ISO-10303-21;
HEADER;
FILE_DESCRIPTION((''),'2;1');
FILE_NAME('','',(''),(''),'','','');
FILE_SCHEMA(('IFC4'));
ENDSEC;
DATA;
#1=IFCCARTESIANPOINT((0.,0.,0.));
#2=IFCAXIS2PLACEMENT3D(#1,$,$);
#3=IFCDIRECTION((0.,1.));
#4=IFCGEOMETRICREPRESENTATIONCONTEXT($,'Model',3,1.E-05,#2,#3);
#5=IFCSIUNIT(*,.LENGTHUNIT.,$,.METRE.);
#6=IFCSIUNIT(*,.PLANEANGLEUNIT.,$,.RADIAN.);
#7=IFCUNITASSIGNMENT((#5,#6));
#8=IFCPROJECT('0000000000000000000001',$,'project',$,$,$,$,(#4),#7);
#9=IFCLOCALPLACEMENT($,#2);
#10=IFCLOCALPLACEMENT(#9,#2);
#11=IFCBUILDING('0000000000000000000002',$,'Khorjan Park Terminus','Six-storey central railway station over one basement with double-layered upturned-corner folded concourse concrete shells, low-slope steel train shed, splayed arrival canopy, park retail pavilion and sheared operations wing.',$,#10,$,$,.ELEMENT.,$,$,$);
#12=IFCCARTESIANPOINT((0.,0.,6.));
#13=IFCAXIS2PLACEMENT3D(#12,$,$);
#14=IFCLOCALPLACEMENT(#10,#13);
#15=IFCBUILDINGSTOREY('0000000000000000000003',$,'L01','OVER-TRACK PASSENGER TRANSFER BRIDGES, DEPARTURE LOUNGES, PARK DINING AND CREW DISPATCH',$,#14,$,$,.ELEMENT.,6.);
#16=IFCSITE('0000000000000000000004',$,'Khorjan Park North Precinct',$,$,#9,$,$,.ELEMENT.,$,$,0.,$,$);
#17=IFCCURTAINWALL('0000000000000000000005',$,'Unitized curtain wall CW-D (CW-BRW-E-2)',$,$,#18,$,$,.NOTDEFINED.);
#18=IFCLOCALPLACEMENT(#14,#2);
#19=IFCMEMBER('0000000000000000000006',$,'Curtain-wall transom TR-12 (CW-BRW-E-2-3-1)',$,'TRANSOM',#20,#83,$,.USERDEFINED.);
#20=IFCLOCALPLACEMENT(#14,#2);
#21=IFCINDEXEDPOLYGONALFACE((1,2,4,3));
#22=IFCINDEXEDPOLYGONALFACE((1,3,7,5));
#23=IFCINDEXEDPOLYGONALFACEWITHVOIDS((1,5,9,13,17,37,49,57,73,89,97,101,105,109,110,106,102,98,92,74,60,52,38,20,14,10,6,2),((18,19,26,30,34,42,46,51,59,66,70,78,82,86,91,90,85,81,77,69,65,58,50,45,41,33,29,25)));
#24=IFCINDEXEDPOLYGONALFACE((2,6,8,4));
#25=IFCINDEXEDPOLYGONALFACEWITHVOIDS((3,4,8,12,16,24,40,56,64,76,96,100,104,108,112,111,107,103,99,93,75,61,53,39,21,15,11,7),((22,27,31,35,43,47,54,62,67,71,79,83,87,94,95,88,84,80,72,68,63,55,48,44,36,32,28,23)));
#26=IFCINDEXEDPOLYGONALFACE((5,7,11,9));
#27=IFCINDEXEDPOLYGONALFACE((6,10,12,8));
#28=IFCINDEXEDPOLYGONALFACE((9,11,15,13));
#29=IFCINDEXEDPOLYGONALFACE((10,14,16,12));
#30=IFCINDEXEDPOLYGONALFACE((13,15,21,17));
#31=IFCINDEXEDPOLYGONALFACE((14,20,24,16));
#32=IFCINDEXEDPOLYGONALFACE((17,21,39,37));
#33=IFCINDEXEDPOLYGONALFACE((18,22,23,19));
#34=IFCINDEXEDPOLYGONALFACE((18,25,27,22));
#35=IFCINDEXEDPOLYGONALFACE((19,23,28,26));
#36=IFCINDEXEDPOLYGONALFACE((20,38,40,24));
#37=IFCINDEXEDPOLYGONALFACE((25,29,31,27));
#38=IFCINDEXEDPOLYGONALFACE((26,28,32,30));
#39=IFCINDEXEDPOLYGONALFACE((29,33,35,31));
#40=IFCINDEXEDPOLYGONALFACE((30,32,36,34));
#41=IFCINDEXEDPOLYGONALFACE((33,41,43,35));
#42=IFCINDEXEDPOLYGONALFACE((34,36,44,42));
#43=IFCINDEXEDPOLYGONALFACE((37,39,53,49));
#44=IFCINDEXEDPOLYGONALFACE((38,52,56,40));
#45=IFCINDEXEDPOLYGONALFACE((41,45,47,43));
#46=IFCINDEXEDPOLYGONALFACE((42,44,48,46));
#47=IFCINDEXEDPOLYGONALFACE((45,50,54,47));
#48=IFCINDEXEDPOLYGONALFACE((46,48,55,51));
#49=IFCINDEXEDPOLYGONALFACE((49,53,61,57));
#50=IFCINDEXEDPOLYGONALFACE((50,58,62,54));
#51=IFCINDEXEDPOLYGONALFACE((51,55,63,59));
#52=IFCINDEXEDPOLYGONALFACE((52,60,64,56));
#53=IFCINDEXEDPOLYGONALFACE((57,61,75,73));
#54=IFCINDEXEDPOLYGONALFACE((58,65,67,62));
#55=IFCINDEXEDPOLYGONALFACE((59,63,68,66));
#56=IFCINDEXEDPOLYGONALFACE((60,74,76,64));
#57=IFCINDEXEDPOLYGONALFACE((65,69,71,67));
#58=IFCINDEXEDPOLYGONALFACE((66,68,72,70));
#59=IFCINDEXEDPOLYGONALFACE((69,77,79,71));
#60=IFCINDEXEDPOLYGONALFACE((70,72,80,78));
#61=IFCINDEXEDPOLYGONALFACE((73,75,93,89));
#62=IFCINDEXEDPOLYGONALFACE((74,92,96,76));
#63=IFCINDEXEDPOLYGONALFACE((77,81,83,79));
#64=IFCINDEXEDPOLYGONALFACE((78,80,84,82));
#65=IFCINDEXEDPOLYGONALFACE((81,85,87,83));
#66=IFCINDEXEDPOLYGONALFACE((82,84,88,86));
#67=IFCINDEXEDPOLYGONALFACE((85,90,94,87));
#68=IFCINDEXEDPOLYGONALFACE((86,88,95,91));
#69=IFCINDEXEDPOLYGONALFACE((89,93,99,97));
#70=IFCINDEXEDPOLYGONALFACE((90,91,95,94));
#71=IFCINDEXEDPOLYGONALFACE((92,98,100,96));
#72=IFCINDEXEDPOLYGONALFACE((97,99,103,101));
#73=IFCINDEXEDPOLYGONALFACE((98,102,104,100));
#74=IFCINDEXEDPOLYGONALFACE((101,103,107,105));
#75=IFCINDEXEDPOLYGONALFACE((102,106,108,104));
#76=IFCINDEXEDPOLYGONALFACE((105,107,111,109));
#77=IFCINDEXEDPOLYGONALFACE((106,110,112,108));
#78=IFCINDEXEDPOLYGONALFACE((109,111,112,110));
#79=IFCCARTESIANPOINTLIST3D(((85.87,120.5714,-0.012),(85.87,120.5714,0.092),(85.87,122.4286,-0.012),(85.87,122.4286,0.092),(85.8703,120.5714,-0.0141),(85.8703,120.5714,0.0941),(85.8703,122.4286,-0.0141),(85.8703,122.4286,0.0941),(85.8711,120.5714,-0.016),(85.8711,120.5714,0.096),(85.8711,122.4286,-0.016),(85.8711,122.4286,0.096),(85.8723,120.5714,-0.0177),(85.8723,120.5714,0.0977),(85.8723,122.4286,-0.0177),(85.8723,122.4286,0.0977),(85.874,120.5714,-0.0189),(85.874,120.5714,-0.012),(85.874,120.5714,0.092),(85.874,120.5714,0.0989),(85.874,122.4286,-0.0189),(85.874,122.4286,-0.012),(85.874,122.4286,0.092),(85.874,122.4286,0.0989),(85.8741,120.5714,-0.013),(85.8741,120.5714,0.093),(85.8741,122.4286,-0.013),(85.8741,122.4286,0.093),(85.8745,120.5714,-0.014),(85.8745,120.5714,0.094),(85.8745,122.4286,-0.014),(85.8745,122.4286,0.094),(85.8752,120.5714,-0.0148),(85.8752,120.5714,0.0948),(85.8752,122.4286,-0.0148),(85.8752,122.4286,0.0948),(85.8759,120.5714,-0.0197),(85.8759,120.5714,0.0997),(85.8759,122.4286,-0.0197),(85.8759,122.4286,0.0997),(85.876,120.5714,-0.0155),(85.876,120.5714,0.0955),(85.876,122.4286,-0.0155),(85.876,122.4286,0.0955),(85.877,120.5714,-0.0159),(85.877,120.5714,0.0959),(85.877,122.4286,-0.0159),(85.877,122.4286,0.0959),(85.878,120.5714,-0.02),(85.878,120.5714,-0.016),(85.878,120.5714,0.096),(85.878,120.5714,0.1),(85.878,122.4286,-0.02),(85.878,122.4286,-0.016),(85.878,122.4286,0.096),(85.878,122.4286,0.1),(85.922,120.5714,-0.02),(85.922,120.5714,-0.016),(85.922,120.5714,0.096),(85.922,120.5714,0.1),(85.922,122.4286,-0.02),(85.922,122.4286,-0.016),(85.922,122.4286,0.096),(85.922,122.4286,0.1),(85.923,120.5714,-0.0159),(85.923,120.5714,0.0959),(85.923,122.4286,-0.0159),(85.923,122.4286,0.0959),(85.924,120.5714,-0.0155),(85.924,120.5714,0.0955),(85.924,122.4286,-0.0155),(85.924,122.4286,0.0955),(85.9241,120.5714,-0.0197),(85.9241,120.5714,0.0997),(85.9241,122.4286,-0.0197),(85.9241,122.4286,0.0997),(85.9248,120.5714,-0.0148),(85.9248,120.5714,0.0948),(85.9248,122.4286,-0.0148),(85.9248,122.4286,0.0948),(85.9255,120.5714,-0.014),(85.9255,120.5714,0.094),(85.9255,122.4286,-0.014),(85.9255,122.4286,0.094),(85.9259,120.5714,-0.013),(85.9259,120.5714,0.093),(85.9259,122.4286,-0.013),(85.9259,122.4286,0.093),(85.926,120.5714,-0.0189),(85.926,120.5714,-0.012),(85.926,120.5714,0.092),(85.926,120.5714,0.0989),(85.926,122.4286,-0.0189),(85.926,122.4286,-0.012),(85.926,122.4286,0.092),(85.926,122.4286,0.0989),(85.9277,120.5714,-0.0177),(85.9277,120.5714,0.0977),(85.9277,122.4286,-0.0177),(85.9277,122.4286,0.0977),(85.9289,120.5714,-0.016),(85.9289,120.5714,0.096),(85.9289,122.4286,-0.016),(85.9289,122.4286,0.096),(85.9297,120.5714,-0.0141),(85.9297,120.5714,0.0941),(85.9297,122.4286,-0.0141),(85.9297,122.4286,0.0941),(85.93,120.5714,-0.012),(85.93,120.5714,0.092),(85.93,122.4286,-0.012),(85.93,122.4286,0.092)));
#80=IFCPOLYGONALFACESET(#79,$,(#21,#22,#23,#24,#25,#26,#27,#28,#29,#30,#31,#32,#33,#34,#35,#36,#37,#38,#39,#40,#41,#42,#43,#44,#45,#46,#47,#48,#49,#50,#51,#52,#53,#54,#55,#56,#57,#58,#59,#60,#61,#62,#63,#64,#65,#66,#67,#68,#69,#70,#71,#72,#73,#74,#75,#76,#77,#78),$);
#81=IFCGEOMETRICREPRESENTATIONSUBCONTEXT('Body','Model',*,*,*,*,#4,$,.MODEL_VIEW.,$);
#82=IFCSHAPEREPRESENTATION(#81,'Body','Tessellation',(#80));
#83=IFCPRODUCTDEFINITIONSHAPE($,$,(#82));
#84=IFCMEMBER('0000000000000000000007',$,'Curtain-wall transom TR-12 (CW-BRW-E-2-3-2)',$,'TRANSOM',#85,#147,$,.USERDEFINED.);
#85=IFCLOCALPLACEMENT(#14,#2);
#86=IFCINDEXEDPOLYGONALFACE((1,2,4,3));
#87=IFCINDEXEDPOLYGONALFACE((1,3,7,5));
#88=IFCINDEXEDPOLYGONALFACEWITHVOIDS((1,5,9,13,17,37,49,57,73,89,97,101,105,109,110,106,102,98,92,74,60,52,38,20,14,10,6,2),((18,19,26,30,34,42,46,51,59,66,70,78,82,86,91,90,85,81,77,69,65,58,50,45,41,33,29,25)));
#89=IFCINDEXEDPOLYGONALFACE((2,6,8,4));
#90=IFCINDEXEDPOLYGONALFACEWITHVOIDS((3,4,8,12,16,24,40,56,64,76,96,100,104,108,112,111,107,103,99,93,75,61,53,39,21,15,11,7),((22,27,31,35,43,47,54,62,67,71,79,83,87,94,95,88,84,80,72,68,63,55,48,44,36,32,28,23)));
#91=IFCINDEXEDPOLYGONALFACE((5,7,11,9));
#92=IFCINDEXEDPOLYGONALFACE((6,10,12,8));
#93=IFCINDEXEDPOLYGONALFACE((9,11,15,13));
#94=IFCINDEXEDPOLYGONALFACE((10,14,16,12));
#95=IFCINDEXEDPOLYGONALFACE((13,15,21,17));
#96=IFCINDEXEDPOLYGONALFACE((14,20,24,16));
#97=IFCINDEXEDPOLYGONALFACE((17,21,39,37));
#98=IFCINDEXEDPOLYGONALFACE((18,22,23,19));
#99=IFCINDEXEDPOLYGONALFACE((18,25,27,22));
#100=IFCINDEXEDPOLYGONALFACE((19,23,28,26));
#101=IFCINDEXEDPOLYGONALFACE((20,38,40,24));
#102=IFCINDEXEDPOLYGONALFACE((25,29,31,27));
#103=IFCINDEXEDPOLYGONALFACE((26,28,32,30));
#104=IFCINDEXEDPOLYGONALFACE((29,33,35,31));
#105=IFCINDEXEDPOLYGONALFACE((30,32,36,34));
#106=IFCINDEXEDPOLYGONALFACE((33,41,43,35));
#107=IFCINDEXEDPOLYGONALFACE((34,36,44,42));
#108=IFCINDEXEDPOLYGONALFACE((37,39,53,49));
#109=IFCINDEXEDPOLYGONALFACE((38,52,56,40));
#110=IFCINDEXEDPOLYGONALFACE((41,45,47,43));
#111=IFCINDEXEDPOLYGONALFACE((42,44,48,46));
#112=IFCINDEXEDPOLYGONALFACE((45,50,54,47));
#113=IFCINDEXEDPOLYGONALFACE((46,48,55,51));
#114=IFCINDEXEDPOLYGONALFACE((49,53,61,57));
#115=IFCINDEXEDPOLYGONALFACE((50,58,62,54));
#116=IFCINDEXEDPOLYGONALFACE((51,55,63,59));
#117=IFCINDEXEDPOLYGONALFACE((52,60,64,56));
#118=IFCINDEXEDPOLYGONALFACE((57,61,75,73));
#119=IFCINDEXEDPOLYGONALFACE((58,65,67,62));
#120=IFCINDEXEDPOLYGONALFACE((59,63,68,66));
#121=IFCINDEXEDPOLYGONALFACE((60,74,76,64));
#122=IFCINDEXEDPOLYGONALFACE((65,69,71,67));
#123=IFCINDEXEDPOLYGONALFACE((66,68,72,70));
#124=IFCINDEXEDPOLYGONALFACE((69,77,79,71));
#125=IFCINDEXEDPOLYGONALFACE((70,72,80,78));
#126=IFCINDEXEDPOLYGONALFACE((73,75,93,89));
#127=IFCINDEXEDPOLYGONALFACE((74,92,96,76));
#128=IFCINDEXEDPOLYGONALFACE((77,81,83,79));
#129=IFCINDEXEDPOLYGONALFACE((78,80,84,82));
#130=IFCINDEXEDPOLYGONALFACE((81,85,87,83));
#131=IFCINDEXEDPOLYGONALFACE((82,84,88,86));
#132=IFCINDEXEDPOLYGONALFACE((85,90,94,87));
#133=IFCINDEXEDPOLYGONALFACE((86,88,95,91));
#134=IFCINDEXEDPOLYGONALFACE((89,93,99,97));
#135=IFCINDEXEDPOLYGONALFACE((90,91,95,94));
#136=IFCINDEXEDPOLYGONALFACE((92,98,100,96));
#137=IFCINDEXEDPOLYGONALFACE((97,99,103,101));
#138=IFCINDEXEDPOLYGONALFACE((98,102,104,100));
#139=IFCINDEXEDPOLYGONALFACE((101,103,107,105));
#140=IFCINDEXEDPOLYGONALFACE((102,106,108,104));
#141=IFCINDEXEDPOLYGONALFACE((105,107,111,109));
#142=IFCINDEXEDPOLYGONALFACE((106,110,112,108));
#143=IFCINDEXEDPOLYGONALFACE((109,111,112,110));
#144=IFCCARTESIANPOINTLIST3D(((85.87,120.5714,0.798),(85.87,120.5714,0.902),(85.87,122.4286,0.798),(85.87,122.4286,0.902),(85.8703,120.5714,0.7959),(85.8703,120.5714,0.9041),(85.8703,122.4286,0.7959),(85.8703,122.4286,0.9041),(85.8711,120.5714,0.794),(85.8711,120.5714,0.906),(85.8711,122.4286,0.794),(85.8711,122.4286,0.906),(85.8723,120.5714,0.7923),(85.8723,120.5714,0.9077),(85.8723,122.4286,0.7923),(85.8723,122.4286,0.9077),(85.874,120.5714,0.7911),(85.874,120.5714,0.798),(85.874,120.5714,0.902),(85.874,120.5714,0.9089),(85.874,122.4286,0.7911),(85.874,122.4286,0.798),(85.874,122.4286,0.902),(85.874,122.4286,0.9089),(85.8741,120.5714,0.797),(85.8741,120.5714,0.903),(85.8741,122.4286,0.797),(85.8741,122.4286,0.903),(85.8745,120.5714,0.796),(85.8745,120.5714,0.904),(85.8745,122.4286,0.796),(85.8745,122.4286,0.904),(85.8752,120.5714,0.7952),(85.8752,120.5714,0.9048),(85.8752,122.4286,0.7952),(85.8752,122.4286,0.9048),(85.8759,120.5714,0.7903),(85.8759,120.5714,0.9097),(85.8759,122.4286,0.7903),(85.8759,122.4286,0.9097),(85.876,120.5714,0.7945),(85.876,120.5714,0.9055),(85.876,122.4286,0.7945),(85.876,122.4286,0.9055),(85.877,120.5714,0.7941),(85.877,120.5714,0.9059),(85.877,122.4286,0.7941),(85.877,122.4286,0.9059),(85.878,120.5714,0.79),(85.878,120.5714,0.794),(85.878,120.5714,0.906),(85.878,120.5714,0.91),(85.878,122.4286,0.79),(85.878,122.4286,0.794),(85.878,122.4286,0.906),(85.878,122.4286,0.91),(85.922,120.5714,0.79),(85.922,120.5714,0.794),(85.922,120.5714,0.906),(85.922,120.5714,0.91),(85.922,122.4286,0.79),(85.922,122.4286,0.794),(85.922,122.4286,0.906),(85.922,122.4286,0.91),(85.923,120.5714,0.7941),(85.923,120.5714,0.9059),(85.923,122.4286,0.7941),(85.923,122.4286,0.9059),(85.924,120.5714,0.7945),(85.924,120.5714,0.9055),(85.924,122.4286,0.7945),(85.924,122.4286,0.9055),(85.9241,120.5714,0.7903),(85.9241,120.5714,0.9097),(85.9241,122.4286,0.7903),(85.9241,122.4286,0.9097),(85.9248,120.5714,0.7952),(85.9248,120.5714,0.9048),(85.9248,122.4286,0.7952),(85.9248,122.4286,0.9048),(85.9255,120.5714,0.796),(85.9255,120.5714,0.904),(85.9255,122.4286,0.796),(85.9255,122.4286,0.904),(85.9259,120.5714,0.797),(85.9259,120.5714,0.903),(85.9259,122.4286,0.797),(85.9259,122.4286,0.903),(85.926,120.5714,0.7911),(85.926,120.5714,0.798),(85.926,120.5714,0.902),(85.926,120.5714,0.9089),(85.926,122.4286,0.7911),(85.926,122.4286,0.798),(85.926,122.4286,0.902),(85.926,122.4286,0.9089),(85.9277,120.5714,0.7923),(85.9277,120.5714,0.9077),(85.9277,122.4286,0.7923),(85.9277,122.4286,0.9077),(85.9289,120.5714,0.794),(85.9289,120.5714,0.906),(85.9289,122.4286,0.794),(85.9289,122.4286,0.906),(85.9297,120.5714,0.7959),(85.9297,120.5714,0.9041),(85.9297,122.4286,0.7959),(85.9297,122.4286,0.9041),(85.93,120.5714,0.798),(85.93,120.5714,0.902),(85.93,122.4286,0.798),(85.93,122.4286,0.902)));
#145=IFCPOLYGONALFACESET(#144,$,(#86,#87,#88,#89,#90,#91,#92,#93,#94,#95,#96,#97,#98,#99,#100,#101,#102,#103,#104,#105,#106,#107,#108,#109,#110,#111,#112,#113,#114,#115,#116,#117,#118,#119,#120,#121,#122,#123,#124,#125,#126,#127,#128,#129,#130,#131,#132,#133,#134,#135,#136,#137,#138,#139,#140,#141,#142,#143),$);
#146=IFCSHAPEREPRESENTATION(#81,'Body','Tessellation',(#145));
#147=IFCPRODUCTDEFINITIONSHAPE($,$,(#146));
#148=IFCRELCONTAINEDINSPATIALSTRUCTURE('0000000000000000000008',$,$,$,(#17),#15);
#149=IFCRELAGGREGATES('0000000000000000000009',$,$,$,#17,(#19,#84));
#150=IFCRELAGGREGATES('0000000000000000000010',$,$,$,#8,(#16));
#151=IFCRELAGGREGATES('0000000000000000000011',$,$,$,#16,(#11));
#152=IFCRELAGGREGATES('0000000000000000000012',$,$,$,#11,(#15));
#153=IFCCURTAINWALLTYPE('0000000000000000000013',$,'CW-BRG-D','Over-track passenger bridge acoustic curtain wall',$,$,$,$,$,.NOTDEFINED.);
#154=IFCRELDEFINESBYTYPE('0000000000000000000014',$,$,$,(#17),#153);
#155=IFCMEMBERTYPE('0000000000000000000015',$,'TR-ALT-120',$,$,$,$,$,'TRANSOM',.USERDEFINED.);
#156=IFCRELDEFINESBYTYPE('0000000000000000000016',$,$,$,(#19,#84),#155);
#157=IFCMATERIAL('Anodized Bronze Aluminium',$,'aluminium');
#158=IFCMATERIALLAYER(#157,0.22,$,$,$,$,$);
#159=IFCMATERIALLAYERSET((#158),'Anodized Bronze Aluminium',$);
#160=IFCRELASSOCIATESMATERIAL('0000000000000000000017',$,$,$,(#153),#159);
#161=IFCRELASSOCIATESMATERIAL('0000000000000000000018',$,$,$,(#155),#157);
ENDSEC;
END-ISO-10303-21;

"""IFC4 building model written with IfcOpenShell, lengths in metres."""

from ifc_helpers import new_model, si_unit, direction, frame, origin, origin_2d, place, context, subcontext, project, spatial, hollow_rectangle, extrude, material, layer, layer_set, material_profile, profile_set, type_object, element, aggregate, save


model = new_model("IFC4")

# Units and contexts
model_context = context("Model", 3, precision=1e-05, world=origin(), true_north=direction((0.0, 1.0)))
body_context = subcontext(model_context, "Body", "Model", "MODEL_VIEW")
ifc_project = project(units=[si_unit("LENGTHUNIT", "METRE"), si_unit("PLANEANGLEUNIT", "RADIAN")], contexts=[model_context])

# Site, building, storey
site_placement = place(None, origin())
site = spatial("IfcSite", under=ifc_project, at=site_placement, Name="Khorjan Park North Precinct", CompositionType="ELEMENT", RefElevation=0.0)
building_placement = place(site_placement, origin())
building = spatial("IfcBuilding", under=site, at=building_placement, Name="Khorjan Park Terminus", Description="Six-storey central railway station over one basement with double-layered upturned-corner folded concourse concrete shells, low-slope steel train shed, splayed arrival canopy, park retail pavilion and sheared operations wing.", CompositionType="ELEMENT")
storey_placement = place(building_placement, frame((0.0, 0.0, 6.0)))
storey = spatial("IfcBuildingStorey", under=building, at=storey_placement, Name="L01", Description="OVER-TRACK PASSENGER TRANSFER BRIDGES, DEPARTURE LOUNGES, PARK DINING AND CREW DISPATCH", CompositionType="ELEMENT", Elevation=6.0)

# Curtain wall, members
ifc_material_1 = material(Name="Anodized Bronze Aluminium", Category="aluminium")
ifc_layer_1 = layer(ifc_material_1, 0.22)
ifc_layer_set_1 = layer_set([ifc_layer_1], Name="Anodized Bronze Aluminium")
curtain_wall_type = type_object("IfcCurtainWallType", Name="CW-BRG-D", Description="Over-track passenger bridge acoustic curtain wall", PredefinedType="NOTDEFINED", material=ifc_layer_set_1)
curtain_wall_placement = place(storey_placement, origin())
curtain_wall = element("IfcCurtainWall", 1, at=curtain_wall_placement, inside=storey, type_object=curtain_wall_type, Name="Unitized curtain wall CW-D (CW-BRW-E-2)", PredefinedType="NOTDEFINED")
ifc_material_profile_1 = material_profile(ifc_material_1, hollow_rectangle(XDim=0.06, YDim=0.12, WallThickness=0.004, InnerFilletRadius=0.004, OuterFilletRadius=0.008, at=origin_2d()), Name="ALT 60x120x4")
ifc_profile_set_1 = profile_set([ifc_material_profile_1], Name="Anodized Bronze Aluminium")
member_type_1 = type_object("IfcMemberType", Name="TR-ALT-120", ElementType="TRANSOM", PredefinedType="USERDEFINED", material=ifc_profile_set_1)
member_1_placement = place(storey_placement, frame((85.9, 120.5714, 0.04), z_axis=(0.0, 1.0, 0.0), x_axis=(-1.0, 0.0, 0.0)))
member_1 = element("IfcMember", 2, at=member_1_placement, type_object=member_type_1, Name="Curtain-wall transom TR-12 (CW-BRW-E-2-3-1)", ObjectType="TRANSOM", PredefinedType="USERDEFINED", context=body_context, shape_type="SweptSolid", body=[
    extrude(hollow_rectangle(XDim=0.06, YDim=0.12, WallThickness=0.004, InnerFilletRadius=0.004, OuterFilletRadius=0.008, at=origin_2d()), origin(), (0.0, 0.0, 1.0), 1.8572),
])
member_2_placement = place(storey_placement, frame((85.9, 120.5714, 0.85), z_axis=(0.0, 1.0, 0.0), x_axis=(-1.0, 0.0, 0.0)))
member_2 = element("IfcMember", 3, at=member_2_placement, type_object=member_type_1, Name="Curtain-wall transom TR-12 (CW-BRW-E-2-3-2)", ObjectType="TRANSOM", PredefinedType="USERDEFINED", context=body_context, shape_type="SweptSolid", body=[
    extrude(hollow_rectangle(XDim=0.06, YDim=0.12, WallThickness=0.004, InnerFilletRadius=0.004, OuterFilletRadius=0.008, at=origin_2d()), origin(), (0.0, 0.0, 1.0), 1.8572),
])
aggregate(curtain_wall, [member_1, member_2])

save(model, "model.ifc")
